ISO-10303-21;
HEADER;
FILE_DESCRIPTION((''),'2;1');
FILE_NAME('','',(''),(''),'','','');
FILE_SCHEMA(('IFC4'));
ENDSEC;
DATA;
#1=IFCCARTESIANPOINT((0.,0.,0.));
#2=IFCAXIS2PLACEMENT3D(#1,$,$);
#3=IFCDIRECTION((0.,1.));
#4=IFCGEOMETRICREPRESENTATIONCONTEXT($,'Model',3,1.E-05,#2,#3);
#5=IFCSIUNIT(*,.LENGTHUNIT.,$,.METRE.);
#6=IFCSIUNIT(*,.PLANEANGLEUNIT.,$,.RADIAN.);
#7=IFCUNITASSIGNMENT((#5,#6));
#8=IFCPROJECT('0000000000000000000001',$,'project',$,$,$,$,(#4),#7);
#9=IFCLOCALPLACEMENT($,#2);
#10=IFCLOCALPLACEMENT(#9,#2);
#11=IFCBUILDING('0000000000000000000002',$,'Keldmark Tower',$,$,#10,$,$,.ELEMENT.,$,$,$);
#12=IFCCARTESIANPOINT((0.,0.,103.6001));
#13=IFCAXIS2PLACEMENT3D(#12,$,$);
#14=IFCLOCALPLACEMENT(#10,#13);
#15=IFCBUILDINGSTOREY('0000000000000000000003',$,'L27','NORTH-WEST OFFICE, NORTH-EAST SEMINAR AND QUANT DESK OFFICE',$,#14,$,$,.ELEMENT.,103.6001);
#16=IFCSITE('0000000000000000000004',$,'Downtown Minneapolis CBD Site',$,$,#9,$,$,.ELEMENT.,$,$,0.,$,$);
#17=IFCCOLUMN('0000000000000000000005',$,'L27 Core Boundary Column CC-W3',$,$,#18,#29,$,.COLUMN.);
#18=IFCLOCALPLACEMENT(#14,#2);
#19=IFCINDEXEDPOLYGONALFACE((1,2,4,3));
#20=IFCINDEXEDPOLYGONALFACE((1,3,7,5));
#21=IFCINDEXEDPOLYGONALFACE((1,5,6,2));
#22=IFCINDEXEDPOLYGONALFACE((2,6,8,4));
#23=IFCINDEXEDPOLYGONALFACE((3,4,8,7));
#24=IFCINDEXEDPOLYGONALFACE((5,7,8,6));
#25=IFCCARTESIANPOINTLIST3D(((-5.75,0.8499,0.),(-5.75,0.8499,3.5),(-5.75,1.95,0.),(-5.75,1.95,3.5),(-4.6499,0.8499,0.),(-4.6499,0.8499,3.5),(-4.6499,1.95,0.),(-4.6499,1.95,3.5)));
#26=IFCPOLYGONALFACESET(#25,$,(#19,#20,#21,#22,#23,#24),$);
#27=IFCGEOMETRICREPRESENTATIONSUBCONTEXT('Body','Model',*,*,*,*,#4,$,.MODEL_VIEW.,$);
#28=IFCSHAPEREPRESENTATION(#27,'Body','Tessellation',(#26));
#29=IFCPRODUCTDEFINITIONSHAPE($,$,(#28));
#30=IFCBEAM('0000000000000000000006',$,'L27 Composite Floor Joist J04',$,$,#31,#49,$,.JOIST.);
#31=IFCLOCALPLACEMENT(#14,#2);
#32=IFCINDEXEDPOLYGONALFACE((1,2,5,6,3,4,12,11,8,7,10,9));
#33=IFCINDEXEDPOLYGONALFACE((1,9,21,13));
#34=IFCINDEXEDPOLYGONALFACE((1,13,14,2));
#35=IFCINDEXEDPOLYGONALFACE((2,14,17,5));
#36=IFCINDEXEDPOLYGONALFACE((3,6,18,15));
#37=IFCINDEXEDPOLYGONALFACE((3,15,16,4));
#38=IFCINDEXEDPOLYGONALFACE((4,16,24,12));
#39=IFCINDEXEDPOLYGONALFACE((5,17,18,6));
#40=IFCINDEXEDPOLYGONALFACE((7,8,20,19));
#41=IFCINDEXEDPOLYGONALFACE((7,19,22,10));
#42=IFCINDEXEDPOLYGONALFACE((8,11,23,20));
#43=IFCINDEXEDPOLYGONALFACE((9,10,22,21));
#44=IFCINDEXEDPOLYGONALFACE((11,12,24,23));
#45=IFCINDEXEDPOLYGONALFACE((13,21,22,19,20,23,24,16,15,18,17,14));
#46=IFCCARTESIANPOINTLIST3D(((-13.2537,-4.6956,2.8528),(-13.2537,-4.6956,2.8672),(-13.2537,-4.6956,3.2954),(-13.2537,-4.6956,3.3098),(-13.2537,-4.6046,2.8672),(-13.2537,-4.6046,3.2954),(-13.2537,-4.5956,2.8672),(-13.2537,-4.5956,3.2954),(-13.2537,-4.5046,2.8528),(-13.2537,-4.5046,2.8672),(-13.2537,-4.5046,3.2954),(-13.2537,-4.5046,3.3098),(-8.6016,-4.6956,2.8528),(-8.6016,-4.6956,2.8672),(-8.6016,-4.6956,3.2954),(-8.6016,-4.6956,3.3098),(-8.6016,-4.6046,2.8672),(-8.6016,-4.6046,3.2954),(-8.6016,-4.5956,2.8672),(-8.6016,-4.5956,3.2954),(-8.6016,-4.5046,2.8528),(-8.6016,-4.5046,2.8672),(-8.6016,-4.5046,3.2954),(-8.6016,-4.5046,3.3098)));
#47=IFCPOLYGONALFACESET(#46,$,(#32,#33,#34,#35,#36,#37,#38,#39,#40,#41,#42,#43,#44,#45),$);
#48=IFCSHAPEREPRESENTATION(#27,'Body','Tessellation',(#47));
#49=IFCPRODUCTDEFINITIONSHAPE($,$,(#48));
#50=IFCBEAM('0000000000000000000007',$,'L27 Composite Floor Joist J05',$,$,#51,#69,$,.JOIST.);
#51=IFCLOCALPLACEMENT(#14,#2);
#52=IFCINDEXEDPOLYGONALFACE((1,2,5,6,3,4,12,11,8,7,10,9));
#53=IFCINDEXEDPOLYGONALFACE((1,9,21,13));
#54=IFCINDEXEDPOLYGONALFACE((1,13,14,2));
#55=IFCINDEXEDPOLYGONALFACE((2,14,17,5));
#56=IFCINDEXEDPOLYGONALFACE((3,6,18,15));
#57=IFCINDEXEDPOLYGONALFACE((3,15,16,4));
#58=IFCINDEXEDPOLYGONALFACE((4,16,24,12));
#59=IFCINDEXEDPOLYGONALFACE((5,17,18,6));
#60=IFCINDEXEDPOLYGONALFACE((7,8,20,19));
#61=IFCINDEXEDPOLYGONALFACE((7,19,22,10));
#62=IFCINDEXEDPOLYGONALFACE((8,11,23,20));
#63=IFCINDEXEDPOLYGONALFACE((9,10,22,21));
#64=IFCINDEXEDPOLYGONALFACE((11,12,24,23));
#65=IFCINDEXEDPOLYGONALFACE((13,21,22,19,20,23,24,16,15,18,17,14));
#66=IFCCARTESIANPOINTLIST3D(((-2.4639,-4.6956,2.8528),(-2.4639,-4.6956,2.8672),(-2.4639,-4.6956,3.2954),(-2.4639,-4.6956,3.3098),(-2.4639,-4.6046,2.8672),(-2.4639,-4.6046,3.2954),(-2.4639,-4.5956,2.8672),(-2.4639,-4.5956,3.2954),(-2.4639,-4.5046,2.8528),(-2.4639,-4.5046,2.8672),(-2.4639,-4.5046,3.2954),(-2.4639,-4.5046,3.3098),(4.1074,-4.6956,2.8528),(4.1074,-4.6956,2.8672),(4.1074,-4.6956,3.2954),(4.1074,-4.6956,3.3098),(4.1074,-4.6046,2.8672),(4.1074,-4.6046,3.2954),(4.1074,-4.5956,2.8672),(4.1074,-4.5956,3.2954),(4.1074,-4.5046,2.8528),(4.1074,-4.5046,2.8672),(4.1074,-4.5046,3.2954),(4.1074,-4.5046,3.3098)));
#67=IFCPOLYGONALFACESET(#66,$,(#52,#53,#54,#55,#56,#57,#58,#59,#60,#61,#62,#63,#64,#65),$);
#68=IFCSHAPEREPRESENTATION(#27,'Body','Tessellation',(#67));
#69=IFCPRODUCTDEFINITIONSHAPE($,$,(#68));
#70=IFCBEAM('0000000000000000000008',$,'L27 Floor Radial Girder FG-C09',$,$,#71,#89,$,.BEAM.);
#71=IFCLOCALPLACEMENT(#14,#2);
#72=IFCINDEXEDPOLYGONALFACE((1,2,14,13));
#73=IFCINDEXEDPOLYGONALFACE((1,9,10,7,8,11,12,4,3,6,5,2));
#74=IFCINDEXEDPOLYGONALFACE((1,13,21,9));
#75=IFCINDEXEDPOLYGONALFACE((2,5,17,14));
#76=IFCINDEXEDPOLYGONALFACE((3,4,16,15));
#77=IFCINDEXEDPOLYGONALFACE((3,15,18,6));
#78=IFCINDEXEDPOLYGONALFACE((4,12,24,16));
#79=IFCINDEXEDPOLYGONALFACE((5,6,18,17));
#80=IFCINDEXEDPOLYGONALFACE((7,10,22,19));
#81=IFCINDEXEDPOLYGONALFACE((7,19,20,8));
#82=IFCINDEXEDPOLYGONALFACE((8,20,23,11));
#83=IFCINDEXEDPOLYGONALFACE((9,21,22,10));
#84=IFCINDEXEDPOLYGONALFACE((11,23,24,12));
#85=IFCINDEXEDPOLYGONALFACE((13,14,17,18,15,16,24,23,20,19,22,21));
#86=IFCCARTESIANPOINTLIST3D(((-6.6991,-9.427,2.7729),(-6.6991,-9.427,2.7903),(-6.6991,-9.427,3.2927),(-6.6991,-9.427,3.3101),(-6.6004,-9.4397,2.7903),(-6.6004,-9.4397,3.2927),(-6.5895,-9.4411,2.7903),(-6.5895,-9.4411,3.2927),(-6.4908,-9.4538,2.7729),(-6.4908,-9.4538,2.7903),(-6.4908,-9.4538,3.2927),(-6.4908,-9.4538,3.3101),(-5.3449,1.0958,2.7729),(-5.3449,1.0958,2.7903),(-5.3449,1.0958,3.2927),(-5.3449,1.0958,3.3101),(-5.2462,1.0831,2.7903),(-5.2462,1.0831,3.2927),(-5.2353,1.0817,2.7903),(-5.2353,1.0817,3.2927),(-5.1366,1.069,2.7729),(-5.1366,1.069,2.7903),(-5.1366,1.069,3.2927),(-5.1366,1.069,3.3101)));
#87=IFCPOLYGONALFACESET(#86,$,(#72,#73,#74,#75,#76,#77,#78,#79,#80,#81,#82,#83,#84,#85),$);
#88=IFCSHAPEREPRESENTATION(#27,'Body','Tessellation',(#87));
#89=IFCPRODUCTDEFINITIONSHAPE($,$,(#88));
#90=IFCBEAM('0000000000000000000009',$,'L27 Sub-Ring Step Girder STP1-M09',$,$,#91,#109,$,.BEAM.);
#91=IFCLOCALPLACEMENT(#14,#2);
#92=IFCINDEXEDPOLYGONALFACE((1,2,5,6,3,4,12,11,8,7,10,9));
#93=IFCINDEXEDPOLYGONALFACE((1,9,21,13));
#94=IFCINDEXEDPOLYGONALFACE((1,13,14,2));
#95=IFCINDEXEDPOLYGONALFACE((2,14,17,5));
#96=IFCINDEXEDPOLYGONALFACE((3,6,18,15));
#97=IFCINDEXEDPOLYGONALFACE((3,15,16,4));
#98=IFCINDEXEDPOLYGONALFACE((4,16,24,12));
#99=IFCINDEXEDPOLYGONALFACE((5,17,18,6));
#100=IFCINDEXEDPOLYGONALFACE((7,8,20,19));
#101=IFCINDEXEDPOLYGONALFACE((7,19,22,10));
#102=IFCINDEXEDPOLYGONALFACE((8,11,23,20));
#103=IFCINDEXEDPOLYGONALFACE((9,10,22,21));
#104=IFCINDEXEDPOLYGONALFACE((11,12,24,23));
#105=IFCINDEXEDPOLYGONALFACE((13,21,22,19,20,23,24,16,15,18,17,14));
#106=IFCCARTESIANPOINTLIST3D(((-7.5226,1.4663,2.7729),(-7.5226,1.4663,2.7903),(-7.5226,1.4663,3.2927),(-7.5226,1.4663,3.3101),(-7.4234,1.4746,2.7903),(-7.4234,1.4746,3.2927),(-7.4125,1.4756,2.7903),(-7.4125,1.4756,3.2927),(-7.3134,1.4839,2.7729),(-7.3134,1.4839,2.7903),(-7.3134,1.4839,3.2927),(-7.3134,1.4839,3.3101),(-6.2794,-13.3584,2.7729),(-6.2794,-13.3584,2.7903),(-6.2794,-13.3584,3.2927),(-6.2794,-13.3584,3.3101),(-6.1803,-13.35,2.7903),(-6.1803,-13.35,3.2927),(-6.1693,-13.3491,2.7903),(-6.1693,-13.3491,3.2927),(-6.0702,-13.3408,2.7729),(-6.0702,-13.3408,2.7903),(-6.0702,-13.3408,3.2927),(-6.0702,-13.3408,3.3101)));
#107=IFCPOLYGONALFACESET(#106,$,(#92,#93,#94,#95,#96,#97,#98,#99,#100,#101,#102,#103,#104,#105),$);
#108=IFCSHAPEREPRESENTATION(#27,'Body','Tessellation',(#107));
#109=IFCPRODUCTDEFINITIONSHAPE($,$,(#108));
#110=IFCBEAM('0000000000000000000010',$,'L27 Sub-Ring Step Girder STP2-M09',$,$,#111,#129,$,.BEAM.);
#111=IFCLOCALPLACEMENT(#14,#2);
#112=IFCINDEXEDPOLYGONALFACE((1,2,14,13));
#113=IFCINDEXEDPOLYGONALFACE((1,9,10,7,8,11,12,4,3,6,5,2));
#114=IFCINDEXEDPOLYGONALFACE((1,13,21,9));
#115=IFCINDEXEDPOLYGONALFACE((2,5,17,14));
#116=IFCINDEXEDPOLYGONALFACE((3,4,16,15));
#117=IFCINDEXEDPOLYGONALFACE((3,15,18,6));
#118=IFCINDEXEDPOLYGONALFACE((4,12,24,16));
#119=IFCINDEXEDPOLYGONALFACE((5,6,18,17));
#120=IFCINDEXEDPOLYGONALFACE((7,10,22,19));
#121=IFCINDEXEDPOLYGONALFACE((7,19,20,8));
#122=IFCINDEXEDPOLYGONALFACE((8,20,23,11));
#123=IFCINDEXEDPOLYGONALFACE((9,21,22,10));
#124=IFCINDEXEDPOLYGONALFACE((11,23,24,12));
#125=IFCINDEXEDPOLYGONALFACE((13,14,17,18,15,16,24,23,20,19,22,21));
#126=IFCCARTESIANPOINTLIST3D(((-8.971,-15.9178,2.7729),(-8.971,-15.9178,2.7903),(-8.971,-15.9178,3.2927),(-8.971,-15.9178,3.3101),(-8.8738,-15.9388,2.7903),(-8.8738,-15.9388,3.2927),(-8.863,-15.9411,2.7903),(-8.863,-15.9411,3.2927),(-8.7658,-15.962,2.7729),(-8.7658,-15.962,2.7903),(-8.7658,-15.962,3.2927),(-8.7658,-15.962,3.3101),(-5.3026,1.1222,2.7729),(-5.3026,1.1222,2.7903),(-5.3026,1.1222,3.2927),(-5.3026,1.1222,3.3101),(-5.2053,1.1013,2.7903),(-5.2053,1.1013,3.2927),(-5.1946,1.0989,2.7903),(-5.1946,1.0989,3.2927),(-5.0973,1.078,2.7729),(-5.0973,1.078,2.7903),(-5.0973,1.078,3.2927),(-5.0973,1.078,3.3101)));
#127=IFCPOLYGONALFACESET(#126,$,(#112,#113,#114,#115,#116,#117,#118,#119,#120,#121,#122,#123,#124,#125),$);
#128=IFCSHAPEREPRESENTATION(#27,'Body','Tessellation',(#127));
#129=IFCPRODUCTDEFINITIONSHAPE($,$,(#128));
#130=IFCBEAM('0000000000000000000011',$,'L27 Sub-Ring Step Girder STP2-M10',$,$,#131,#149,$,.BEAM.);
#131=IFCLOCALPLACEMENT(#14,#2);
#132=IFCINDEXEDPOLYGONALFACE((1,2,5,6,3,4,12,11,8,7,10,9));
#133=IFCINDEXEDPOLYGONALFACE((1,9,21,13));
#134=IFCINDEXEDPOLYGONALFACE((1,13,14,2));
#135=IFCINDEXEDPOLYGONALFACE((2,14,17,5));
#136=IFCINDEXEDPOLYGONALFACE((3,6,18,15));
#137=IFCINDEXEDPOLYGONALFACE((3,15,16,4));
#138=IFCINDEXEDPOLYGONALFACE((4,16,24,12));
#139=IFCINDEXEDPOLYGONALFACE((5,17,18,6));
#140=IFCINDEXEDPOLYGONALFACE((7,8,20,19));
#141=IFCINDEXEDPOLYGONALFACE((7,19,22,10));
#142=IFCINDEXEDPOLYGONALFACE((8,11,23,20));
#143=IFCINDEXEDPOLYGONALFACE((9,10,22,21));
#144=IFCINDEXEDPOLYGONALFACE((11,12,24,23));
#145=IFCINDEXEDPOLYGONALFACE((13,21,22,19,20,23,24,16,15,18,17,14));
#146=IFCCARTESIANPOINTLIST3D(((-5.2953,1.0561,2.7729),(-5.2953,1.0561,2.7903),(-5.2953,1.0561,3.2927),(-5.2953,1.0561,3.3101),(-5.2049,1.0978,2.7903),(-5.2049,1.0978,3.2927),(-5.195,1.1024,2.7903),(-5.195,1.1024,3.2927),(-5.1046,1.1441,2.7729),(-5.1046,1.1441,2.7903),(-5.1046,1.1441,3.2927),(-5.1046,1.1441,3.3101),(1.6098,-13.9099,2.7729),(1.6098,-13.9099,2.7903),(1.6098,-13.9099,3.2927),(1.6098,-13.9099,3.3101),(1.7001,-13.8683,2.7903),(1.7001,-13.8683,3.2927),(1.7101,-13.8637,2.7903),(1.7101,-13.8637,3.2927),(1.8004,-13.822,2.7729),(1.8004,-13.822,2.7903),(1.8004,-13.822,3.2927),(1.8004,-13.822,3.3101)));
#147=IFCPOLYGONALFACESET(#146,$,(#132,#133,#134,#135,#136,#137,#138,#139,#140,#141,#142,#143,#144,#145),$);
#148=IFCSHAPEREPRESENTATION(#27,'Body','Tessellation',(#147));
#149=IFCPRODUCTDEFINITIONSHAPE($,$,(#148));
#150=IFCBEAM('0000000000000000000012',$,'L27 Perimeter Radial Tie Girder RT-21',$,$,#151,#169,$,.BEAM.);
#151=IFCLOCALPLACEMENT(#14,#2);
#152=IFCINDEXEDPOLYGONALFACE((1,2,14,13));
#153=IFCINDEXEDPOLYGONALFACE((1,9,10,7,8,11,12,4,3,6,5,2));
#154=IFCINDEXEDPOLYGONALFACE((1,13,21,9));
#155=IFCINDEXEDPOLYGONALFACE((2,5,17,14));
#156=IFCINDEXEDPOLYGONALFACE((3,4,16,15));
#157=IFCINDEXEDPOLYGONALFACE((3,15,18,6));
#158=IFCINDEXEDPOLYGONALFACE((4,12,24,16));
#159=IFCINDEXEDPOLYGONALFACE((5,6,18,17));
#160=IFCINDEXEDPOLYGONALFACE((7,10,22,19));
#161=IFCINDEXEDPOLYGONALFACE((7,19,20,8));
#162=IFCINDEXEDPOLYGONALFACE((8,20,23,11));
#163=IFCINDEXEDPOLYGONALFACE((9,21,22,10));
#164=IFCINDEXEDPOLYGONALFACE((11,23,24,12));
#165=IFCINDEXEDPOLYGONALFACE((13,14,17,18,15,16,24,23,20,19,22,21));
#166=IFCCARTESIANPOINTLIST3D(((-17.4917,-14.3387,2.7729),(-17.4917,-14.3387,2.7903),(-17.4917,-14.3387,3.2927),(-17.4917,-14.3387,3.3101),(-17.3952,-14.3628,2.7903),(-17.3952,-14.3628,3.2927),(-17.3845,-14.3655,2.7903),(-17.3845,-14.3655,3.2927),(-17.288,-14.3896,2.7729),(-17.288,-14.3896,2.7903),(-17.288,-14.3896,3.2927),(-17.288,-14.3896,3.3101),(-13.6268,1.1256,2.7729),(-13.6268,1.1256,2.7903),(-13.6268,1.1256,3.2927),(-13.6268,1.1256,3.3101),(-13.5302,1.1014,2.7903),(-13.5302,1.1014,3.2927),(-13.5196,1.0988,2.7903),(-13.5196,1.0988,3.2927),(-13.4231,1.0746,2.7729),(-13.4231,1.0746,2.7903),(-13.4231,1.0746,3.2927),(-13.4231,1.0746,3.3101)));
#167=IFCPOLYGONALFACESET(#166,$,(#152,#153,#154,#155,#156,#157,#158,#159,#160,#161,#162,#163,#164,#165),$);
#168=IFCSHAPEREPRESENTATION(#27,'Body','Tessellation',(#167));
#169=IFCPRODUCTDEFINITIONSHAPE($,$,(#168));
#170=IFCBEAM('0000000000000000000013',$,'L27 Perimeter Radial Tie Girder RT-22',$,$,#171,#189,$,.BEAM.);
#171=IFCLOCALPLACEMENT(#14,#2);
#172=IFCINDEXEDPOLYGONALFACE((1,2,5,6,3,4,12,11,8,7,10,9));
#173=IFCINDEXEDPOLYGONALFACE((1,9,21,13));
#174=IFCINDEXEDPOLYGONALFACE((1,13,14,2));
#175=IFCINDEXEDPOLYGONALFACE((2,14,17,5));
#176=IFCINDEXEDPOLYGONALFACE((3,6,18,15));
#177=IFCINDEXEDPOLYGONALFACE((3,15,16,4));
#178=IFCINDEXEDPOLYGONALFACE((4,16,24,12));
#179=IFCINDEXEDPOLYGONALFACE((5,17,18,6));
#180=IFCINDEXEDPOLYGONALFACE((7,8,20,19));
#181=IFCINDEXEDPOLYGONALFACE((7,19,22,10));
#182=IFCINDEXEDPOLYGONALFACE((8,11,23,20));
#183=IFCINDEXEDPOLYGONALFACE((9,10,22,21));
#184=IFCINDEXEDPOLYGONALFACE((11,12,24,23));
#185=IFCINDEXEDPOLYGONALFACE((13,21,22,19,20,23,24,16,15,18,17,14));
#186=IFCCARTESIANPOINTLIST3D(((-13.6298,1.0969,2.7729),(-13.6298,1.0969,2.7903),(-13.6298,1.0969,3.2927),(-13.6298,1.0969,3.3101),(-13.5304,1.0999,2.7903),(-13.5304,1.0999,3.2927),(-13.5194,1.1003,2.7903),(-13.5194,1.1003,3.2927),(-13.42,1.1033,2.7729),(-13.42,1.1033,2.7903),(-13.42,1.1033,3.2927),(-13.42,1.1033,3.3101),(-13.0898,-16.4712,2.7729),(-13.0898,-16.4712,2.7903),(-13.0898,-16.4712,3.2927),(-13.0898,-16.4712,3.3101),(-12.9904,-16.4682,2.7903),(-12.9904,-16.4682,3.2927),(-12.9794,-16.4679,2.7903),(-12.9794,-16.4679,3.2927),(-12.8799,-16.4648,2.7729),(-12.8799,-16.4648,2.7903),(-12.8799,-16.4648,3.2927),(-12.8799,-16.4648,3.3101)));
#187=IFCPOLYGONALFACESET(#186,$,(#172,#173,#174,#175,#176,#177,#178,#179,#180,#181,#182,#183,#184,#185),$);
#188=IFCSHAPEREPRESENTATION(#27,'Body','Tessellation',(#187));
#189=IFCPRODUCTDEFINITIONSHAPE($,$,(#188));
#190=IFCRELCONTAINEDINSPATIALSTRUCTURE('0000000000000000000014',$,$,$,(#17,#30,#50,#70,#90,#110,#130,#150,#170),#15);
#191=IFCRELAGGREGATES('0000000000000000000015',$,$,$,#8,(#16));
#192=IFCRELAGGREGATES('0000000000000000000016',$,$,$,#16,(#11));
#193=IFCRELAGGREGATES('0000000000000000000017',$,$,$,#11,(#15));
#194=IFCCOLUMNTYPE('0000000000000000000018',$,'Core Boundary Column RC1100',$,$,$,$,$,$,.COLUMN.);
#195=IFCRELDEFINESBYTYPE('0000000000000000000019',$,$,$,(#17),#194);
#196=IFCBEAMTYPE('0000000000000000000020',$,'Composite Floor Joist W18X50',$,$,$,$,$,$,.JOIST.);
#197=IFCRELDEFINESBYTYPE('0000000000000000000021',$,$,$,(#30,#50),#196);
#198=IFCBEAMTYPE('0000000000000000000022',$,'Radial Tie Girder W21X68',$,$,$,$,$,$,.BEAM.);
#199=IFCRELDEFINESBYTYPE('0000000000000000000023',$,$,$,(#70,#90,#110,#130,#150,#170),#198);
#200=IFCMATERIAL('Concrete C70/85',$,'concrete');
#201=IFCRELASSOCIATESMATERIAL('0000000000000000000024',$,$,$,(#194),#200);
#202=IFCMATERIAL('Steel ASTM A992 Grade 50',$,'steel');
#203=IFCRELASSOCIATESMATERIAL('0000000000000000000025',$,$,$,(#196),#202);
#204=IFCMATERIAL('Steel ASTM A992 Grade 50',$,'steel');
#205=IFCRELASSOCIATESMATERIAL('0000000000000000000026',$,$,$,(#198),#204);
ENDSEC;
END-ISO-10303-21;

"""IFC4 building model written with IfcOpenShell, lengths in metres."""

from ifc_helpers import new_model, si_unit, direction, frame, origin, origin_2d, place, context, subcontext, project, spatial, rectangle, i_section, extrude, material, material_profile, profile_set, type_object, element, save


model = new_model("IFC4")

# Units and contexts
model_context = context("Model", 3, precision=1e-05, world=origin(), true_north=direction((0.0, 1.0)))
body_context = subcontext(model_context, "Body", "Model", "MODEL_VIEW")
ifc_project = project(units=[si_unit("LENGTHUNIT", "METRE"), si_unit("PLANEANGLEUNIT", "RADIAN")], contexts=[model_context])

# Site, building, storey
site_placement = place(None, origin())
site = spatial("IfcSite", under=ifc_project, at=site_placement, Name="Downtown Minneapolis CBD Site", CompositionType="ELEMENT", RefElevation=0.0)
building_placement = place(site_placement, origin())
building = spatial("IfcBuilding", under=site, at=building_placement, Name="Keldmark Tower", CompositionType="ELEMENT")
storey_placement = place(building_placement, frame((0.0, 0.0, 103.6001)))
storey = spatial("IfcBuildingStorey", under=building, at=storey_placement, Name="L27", Description="NORTH-WEST OFFICE, NORTH-EAST SEMINAR AND QUANT DESK OFFICE", CompositionType="ELEMENT", Elevation=103.6001)

# Column
ifc_material_1 = material(Name="Concrete C70/85", Category="concrete")
ifc_material_profile_1 = material_profile(ifc_material_1, rectangle(XDim=1.1001, YDim=1.1001, at=origin_2d()), Name="RC1100X1100")
ifc_profile_set_1 = profile_set([ifc_material_profile_1], Name="Concrete C70/85")
column_type = type_object("IfcColumnType", Name="Core Boundary Column RC1100", PredefinedType="COLUMN", material=ifc_profile_set_1)
column_placement = place(storey_placement, frame((-5.2, 1.3999, 0.0), z_axis=(0.0, 0.0, 1.0), x_axis=(1.0, 0.0, 0.0)))
element("IfcColumn", 1, at=column_placement, inside=storey, type_object=column_type, Name="L27 Core Boundary Column CC-W3", PredefinedType="COLUMN", context=body_context, shape_type="SweptSolid", body=[
    extrude(rectangle(XDim=1.1001, YDim=1.1001, at=origin_2d()), origin(), (0.0, 0.0, 1.0), 3.5),
])

# Beams
ifc_material_2 = material(Name="Steel ASTM A992 Grade 50", Category="steel")
ifc_material_profile_2 = material_profile(ifc_material_2, i_section(OverallWidth=0.1909, OverallDepth=0.457, WebThickness=0.009, FlangeThickness=0.0144, at=origin_2d()), Name="W18X50")
ifc_profile_set_2 = profile_set([ifc_material_profile_2], Name="Steel ASTM A992 Grade 50")
beam_type_1 = type_object("IfcBeamType", Name="Composite Floor Joist W18X50", PredefinedType="JOIST", material=ifc_profile_set_2)
beam_1_placement = place(storey_placement, frame((-13.2537, -4.6001, 3.0813), z_axis=(1.0, 0.0, 0.0), x_axis=(0.0, 1.0, 0.0)))
element("IfcBeam", 2, at=beam_1_placement, inside=storey, type_object=beam_type_1, Name="L27 Composite Floor Joist J04", PredefinedType="JOIST", context=body_context, shape_type="SweptSolid", body=[
    extrude(i_section(OverallWidth=0.1909, OverallDepth=0.457, WebThickness=0.009, FlangeThickness=0.0144, at=origin_2d()), origin(), (0.0, 0.0, 1.0), 4.6521),
])
beam_2_placement = place(storey_placement, frame((-2.4639, -4.6001, 3.0813), z_axis=(1.0, 0.0, 0.0), x_axis=(0.0, 1.0, 0.0)))
element("IfcBeam", 3, at=beam_2_placement, inside=storey, type_object=beam_type_1, Name="L27 Composite Floor Joist J05", PredefinedType="JOIST", context=body_context, shape_type="SweptSolid", body=[
    extrude(i_section(OverallWidth=0.1909, OverallDepth=0.457, WebThickness=0.009, FlangeThickness=0.0144, at=origin_2d()), origin(), (0.0, 0.0, 1.0), 6.5713),
])
ifc_material_3 = material(Name="Steel ASTM A992 Grade 50", Category="steel")
ifc_material_profile_3 = material_profile(ifc_material_3, i_section(OverallWidth=0.21, OverallDepth=0.5371, WebThickness=0.011, FlangeThickness=0.0173, at=origin_2d()), Name="W21X68")
ifc_profile_set_3 = profile_set([ifc_material_profile_3], Name="Steel ASTM A992 Grade 50")
beam_type_2 = type_object("IfcBeamType", Name="Radial Tie Girder W21X68", PredefinedType="BEAM", material=ifc_profile_set_3)
beam_3_placement = place(storey_placement, frame((-6.595, -9.4404, 3.0415), z_axis=(0.127642, 0.99182, 0.0), x_axis=(-0.99182, 0.127642, 0.0)))
element("IfcBeam", 4, at=beam_3_placement, inside=storey, type_object=beam_type_2, Name="L27 Floor Radial Girder FG-C09", PredefinedType="BEAM", context=body_context, shape_type="SweptSolid", body=[
    extrude(i_section(OverallWidth=0.21, OverallDepth=0.5371, WebThickness=0.011, FlangeThickness=0.0173, at=origin_2d()), origin(), (0.0, 0.0, 1.0), 10.6096),
])
beam_4_placement = place(storey_placement, frame((-7.418, 1.4751, 3.0415), z_axis=(0.083564, -0.996502, 0.0), x_axis=(0.996502, 0.083564, 0.0)))
element("IfcBeam", 5, at=beam_4_placement, inside=storey, type_object=beam_type_2, Name="L27 Sub-Ring Step Girder STP1-M09", PredefinedType="BEAM", context=body_context, shape_type="SweptSolid", body=[
    extrude(i_section(OverallWidth=0.21, OverallDepth=0.5371, WebThickness=0.011, FlangeThickness=0.0173, at=origin_2d()), origin(), (0.0, 0.0, 1.0), 14.8767),
])
beam_5_placement = place(storey_placement, frame((-5.2, 1.1001, 3.0415), z_axis=(-0.210463, -0.977602, 0.0), x_axis=(0.977602, -0.210463, 0.0)))
element("IfcBeam", 6, at=beam_5_placement, inside=storey, type_object=beam_type_2, Name="L27 Sub-Ring Step Girder STP2-M09", PredefinedType="BEAM", context=body_context, shape_type="SweptSolid", body=[
    extrude(i_section(OverallWidth=0.21, OverallDepth=0.5371, WebThickness=0.011, FlangeThickness=0.0173, at=origin_2d()), origin(), (0.0, 0.0, 1.0), 17.4304),
])
beam_6_placement = place(storey_placement, frame((-5.2, 1.1001, 3.0415), z_axis=(0.418939, -0.908014, 0.0), x_axis=(0.908014, 0.418939, 0.0)))
element("IfcBeam", 7, at=beam_6_placement, inside=storey, type_object=beam_type_2, Name="L27 Sub-Ring Step Girder STP2-M10", PredefinedType="BEAM", context=body_context, shape_type="SweptSolid", body=[
    extrude(i_section(OverallWidth=0.21, OverallDepth=0.5371, WebThickness=0.011, FlangeThickness=0.0173, at=origin_2d()), origin(), (0.0, 0.0, 1.0), 16.4822),
])
beam_7_placement = place(storey_placement, frame((-13.5249, 1.1001, 3.0415), z_axis=(-0.242471, -0.970159, 0.0), x_axis=(0.970159, -0.242471, 0.0)))
element("IfcBeam", 8, at=beam_7_placement, inside=storey, type_object=beam_type_2, Name="L27 Perimeter Radial Tie Girder RT-21", PredefinedType="BEAM", context=body_context, shape_type="SweptSolid", body=[
    extrude(i_section(OverallWidth=0.21, OverallDepth=0.5371, WebThickness=0.011, FlangeThickness=0.0173, at=origin_2d()), origin(), (0.0, 0.0, 1.0), 15.9399),
])
beam_8_placement = place(storey_placement, frame((-13.5249, 1.1001, 3.0415), z_axis=(0.030725, -0.999528, 0.0), x_axis=(0.999528, 0.030725, 0.0)))
element("IfcBeam", 9, at=beam_8_placement, inside=storey, type_object=beam_type_2, Name="L27 Perimeter Radial Tie Girder RT-22", PredefinedType="BEAM", context=body_context, shape_type="SweptSolid", body=[
    extrude(i_section(OverallWidth=0.21, OverallDepth=0.5371, WebThickness=0.011, FlangeThickness=0.0173, at=origin_2d()), origin(), (0.0, 0.0, 1.0), 17.5764),
])

save(model, "model.ifc")
